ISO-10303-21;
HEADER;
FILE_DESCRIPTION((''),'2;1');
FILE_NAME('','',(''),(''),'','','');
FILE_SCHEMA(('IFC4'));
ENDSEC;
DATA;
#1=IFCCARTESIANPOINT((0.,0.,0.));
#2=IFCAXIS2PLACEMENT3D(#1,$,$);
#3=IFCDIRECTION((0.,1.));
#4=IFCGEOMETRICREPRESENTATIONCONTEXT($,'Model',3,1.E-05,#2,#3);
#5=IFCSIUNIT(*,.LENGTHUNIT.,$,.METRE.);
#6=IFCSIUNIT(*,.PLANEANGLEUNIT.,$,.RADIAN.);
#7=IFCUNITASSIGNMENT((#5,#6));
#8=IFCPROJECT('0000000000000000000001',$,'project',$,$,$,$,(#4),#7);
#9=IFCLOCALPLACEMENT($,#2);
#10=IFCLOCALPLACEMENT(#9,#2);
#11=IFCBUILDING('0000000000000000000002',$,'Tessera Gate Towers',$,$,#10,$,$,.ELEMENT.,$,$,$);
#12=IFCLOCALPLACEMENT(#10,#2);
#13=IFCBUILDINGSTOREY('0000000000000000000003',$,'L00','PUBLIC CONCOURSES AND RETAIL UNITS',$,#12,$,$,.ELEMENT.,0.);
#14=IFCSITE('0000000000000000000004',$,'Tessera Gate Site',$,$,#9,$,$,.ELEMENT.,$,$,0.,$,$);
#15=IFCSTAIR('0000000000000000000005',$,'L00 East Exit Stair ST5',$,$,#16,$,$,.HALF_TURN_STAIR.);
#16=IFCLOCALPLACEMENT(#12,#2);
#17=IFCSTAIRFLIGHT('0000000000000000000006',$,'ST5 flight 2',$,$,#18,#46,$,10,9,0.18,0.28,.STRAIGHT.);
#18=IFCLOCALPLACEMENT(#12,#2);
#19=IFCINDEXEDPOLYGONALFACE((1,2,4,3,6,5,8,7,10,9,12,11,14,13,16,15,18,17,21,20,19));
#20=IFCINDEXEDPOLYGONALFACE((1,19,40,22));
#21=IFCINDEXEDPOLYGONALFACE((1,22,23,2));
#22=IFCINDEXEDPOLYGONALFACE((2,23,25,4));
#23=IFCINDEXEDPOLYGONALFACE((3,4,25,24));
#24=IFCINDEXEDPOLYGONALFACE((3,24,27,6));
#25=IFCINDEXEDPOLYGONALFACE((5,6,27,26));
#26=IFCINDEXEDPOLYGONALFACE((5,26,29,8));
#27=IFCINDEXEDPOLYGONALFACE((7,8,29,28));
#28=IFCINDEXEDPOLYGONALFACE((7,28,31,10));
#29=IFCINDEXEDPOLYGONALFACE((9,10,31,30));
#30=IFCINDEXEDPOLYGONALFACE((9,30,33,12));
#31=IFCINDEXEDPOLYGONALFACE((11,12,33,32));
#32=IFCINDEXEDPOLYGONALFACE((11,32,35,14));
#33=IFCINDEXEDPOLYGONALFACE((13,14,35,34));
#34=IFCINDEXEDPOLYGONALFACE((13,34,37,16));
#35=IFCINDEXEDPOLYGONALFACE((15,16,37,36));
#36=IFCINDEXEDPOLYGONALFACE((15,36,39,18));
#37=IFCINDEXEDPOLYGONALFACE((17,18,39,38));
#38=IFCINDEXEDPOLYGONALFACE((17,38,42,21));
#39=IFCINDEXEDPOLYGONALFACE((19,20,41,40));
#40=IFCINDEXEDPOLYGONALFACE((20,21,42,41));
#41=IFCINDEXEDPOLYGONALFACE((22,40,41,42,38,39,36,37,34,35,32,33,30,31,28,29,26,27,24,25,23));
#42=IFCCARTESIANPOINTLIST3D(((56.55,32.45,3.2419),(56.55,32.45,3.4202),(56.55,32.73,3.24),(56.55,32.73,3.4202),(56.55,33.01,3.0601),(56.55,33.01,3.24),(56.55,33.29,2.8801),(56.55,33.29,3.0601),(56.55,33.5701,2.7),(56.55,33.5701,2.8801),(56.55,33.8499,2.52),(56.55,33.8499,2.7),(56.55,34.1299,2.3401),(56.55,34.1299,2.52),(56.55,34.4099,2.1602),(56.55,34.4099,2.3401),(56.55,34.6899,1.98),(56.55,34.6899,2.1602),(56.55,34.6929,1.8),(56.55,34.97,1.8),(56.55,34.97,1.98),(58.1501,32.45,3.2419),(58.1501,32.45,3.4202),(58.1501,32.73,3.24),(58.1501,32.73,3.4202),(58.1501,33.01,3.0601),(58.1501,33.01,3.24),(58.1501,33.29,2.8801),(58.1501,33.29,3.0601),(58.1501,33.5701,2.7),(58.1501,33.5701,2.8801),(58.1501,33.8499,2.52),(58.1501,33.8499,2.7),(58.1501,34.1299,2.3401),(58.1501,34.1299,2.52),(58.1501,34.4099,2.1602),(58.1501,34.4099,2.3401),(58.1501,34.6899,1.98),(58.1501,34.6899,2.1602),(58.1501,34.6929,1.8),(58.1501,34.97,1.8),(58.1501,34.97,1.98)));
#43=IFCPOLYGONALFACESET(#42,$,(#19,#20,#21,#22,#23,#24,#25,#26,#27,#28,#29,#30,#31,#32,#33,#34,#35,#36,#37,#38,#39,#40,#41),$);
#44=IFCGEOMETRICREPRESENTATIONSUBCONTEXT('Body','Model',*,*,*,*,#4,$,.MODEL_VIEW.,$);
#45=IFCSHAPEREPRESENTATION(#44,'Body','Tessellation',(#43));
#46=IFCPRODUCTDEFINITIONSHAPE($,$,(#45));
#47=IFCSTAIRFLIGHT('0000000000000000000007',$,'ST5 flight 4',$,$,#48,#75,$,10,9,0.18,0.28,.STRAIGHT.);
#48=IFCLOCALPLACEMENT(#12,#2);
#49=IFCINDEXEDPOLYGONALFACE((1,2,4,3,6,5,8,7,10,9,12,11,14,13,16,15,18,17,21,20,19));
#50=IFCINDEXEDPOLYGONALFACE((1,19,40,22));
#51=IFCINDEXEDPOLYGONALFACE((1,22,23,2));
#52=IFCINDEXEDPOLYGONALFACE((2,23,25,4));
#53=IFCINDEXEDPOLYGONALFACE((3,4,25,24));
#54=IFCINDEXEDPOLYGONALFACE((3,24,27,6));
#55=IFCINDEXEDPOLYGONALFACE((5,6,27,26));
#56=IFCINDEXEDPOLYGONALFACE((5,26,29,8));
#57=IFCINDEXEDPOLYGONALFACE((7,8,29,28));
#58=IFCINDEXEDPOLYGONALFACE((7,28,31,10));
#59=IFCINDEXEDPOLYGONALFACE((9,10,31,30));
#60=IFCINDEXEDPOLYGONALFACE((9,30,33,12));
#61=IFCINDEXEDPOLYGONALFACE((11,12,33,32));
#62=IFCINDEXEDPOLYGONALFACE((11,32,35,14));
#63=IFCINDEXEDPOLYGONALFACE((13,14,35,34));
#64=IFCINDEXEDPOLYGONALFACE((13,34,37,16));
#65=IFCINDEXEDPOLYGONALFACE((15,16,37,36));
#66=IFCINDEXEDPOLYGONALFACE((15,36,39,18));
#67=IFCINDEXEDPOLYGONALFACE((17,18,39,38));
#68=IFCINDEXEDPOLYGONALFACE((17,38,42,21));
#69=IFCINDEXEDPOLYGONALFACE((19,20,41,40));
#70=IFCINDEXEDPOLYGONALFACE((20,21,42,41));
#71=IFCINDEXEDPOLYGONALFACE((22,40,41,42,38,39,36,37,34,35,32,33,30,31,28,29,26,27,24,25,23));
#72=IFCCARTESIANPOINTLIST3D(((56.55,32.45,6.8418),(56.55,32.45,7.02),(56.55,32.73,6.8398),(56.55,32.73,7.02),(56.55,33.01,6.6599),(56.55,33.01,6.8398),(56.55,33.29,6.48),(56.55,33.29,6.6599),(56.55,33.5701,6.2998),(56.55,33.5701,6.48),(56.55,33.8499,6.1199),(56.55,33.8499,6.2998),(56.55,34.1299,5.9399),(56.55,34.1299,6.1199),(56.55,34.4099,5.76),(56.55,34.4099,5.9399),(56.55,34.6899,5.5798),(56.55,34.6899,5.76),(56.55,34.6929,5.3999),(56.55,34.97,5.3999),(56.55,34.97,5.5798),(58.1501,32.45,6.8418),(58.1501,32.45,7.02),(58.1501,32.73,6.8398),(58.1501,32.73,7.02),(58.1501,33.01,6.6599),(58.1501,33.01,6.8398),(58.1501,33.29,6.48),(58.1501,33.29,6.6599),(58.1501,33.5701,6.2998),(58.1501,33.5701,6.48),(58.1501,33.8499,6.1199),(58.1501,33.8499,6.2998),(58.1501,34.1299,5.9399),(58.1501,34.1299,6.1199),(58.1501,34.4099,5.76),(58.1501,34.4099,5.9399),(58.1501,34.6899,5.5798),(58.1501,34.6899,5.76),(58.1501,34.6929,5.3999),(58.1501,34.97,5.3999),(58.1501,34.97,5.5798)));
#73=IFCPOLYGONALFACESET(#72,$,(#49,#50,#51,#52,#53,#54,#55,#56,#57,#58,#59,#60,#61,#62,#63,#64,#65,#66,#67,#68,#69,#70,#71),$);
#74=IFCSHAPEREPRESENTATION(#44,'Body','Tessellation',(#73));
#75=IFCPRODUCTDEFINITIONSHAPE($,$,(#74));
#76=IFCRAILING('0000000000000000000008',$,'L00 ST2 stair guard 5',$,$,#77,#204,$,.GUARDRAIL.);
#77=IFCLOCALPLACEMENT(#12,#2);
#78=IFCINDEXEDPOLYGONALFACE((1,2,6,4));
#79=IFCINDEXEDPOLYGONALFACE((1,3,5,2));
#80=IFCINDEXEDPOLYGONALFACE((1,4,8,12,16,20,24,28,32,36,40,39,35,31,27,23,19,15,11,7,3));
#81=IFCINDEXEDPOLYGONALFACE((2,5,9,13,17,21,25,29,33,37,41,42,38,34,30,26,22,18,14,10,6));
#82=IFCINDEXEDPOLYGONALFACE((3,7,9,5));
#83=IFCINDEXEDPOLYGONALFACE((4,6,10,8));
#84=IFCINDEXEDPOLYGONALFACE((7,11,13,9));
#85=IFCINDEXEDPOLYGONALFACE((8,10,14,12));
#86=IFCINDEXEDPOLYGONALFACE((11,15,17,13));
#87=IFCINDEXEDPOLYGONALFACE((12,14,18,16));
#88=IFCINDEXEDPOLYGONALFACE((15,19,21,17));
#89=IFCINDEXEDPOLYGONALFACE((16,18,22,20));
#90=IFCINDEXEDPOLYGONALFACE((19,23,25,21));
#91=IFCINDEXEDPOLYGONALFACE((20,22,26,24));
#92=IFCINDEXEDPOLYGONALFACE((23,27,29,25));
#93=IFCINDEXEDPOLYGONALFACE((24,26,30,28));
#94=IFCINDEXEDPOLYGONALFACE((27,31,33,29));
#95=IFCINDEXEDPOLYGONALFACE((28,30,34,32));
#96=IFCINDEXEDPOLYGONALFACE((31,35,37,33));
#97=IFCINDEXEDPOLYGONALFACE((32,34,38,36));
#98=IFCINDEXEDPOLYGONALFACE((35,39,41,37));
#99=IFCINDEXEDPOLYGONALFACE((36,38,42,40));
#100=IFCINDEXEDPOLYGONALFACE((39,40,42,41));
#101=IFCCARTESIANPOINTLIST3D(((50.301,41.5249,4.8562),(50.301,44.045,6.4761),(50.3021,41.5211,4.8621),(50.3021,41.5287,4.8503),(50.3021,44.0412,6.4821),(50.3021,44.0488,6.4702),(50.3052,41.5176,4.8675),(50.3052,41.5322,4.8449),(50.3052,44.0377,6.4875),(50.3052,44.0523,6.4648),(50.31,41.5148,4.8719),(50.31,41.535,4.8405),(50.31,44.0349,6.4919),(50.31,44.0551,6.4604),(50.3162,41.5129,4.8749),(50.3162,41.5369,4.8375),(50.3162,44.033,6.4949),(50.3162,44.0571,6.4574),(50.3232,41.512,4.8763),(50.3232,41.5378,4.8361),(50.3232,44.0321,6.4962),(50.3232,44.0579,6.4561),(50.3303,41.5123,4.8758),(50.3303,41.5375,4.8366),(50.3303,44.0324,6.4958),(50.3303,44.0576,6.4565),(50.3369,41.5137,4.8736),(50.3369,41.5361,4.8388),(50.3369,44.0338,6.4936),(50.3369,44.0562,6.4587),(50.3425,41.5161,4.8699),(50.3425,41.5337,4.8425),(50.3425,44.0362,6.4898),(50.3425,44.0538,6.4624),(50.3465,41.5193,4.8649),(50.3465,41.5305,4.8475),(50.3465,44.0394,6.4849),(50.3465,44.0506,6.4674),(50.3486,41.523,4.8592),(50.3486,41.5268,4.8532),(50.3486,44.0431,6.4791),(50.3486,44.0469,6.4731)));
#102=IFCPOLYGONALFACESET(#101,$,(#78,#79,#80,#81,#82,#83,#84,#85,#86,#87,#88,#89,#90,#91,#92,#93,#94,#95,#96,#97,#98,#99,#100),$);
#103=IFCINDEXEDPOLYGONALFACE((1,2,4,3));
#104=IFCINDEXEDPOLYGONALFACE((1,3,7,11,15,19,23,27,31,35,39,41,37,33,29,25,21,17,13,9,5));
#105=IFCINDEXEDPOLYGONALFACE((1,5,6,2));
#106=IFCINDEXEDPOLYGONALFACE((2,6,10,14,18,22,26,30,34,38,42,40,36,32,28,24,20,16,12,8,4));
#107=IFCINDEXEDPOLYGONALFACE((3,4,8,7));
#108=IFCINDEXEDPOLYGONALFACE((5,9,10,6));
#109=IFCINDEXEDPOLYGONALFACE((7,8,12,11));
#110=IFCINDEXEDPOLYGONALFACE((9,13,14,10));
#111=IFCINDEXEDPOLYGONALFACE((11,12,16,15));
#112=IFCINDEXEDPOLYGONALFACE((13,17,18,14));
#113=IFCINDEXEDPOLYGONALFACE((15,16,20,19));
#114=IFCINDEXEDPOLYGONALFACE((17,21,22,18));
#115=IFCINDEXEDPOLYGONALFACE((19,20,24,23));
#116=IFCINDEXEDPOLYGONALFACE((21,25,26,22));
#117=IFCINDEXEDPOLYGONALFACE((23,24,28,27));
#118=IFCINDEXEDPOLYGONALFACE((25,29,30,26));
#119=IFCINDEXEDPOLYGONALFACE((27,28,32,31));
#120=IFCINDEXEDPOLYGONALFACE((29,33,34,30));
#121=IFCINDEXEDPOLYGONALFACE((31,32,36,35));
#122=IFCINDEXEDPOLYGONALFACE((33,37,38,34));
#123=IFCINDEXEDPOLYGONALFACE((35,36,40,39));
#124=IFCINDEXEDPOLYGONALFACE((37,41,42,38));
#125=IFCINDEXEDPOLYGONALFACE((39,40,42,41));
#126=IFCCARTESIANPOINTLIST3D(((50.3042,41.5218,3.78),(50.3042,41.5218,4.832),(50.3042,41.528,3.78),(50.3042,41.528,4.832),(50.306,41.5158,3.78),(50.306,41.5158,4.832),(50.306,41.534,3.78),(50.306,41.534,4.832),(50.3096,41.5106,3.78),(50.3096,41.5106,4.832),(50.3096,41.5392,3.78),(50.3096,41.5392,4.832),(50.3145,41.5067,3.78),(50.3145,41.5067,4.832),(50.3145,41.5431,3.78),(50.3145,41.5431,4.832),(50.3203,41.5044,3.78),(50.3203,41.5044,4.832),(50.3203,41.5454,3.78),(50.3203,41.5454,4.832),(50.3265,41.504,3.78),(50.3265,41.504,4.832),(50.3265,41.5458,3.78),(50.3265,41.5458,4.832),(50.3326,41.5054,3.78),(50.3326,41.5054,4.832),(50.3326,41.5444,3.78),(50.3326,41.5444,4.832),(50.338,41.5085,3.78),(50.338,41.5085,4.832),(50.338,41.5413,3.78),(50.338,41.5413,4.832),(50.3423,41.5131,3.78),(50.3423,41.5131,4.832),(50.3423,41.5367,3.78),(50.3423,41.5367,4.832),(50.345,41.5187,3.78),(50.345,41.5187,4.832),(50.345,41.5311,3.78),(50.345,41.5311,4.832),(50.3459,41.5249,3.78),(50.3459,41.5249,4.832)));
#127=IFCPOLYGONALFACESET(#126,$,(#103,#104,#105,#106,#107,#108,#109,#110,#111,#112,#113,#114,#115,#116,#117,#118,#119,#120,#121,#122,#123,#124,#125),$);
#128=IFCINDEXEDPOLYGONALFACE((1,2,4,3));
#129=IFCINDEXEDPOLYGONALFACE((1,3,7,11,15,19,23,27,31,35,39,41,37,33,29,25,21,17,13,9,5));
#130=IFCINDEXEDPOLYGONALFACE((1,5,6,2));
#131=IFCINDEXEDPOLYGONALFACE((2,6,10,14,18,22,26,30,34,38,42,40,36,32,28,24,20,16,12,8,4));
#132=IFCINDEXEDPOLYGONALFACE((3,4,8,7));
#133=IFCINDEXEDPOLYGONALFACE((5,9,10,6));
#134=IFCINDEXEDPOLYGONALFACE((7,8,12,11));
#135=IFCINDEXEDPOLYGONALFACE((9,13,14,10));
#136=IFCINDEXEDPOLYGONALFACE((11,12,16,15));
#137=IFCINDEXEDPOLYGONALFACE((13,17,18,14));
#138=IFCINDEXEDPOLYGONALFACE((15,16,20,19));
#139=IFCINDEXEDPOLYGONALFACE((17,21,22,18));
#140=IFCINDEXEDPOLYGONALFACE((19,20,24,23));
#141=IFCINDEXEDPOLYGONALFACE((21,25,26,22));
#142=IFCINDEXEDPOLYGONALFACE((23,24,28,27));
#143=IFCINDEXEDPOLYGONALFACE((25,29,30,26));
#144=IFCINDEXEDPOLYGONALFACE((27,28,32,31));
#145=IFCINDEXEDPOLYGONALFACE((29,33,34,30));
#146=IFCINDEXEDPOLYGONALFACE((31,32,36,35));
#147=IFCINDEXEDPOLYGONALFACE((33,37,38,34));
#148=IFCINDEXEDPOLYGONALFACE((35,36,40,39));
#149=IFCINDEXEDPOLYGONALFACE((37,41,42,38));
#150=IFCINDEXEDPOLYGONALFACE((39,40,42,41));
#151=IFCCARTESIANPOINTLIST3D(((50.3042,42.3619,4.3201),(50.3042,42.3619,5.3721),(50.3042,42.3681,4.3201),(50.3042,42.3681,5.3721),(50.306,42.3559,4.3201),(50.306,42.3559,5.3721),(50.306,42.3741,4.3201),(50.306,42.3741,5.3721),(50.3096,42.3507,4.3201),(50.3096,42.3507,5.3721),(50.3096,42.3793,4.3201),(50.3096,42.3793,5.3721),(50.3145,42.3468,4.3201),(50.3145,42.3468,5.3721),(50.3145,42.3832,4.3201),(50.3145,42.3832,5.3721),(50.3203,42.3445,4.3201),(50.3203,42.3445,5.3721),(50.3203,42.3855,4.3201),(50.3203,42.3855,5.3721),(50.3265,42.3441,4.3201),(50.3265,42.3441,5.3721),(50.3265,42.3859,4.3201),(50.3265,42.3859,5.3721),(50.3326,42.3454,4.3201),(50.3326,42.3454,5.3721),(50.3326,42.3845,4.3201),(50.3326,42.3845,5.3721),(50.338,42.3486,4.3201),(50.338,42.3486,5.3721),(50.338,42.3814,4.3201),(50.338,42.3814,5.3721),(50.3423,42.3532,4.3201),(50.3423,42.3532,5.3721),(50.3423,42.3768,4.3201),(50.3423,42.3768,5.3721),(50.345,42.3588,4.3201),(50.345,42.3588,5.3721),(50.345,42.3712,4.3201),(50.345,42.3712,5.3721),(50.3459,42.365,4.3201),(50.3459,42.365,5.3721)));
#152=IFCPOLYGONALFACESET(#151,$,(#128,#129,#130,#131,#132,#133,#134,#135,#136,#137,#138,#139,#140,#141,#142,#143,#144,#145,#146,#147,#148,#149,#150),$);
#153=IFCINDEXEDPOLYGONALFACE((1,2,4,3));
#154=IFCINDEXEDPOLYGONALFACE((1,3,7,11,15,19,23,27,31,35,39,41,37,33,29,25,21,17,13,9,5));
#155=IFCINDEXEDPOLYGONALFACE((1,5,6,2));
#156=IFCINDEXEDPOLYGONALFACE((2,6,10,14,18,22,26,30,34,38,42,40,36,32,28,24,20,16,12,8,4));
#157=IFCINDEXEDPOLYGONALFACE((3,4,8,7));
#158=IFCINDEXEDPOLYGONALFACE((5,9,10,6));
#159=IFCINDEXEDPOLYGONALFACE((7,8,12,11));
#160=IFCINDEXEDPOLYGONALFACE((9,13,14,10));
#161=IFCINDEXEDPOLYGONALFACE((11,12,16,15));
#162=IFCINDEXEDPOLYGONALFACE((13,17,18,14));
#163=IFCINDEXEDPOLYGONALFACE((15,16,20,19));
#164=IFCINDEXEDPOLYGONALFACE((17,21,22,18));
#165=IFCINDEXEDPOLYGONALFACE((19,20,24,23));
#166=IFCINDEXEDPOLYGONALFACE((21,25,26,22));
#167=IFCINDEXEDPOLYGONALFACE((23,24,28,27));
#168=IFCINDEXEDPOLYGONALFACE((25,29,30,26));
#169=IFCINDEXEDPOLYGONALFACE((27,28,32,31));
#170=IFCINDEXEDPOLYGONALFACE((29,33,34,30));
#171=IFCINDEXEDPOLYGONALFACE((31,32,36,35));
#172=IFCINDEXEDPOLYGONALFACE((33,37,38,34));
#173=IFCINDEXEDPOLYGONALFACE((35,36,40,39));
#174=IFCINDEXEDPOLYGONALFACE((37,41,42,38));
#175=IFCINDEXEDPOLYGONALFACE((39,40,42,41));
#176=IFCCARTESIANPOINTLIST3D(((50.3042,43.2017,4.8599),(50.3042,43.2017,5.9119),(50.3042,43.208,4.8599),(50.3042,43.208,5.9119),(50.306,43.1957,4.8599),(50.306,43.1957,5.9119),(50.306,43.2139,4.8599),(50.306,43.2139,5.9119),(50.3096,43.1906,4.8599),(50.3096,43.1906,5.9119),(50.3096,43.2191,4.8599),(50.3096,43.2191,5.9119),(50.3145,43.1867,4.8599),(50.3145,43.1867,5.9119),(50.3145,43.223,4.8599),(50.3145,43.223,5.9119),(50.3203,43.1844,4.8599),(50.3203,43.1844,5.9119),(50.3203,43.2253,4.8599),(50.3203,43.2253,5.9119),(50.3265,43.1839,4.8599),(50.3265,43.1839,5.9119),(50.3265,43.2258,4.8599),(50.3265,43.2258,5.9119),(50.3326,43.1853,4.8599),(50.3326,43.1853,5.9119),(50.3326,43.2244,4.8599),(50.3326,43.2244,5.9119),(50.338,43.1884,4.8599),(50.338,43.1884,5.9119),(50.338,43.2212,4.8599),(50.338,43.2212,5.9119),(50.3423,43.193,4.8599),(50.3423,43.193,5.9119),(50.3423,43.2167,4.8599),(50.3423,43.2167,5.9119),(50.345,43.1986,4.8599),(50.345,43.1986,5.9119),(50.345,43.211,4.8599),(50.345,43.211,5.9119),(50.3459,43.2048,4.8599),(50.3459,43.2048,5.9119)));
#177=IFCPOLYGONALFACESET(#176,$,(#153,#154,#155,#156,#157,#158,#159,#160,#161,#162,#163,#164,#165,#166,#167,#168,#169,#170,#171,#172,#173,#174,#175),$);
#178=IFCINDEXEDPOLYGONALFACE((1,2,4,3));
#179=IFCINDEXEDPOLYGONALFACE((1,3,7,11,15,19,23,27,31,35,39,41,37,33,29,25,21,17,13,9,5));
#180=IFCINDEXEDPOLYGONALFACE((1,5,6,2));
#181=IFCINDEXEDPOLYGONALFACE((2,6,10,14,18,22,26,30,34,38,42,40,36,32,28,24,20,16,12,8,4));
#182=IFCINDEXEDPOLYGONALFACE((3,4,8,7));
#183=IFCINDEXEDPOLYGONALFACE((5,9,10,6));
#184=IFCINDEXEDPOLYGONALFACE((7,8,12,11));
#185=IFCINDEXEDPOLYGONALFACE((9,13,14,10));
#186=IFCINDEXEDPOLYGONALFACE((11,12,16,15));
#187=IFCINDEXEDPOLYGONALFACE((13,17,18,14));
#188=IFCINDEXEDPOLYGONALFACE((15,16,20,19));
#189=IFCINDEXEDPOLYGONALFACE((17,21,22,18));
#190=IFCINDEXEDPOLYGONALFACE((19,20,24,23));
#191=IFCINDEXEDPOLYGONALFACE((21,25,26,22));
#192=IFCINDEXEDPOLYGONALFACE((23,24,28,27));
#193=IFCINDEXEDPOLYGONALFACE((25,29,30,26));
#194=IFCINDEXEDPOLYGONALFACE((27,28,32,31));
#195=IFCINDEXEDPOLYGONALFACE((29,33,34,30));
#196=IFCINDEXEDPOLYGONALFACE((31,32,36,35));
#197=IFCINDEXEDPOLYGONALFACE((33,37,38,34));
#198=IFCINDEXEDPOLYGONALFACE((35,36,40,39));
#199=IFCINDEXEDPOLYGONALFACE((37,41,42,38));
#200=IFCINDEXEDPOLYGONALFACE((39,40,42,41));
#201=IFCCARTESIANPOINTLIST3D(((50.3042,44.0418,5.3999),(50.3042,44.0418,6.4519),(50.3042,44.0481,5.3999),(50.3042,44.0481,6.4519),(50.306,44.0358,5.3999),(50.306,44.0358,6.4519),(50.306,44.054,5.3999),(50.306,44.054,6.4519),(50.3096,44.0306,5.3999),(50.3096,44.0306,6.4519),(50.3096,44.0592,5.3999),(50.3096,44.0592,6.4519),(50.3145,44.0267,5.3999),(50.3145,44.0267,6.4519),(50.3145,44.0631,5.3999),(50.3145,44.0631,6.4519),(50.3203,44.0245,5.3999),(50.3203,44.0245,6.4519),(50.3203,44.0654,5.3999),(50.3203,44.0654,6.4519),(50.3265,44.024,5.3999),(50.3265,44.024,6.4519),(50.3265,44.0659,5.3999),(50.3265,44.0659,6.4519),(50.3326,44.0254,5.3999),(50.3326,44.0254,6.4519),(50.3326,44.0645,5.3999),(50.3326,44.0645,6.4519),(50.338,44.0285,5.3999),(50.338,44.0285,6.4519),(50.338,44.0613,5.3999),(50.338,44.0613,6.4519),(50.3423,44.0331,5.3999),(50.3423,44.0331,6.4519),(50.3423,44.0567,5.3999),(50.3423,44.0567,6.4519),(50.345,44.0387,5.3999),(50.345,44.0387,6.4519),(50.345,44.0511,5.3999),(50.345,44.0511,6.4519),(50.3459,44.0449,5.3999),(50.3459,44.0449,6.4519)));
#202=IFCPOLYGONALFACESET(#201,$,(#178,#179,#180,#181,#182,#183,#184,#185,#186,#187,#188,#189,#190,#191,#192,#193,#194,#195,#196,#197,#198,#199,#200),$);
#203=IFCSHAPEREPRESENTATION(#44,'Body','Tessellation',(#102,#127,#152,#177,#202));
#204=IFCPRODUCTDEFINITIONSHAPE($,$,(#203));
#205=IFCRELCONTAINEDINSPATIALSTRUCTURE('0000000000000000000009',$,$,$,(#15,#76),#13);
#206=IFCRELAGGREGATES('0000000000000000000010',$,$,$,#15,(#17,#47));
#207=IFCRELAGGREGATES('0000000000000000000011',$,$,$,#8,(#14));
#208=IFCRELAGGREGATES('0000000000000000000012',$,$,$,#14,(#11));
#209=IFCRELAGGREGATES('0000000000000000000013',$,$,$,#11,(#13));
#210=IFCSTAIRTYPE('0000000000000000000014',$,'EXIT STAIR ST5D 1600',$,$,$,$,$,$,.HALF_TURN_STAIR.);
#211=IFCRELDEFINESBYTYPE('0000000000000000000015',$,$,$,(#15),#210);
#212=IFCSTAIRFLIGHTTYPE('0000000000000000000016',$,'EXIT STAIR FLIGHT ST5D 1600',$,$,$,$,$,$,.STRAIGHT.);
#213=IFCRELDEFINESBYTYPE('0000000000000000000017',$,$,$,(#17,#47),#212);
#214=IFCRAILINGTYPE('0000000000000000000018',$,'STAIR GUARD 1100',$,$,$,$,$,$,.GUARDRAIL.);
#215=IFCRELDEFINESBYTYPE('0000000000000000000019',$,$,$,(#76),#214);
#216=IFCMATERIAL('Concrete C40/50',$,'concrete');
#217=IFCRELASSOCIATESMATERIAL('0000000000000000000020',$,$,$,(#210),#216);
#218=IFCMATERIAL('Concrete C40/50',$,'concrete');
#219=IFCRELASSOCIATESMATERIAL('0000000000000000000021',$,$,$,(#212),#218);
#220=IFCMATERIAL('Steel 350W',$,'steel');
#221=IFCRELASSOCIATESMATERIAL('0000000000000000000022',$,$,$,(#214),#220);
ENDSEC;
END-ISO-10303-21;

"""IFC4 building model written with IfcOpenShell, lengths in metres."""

from ifc_helpers import new_model, si_unit, direction, frame, origin, origin_2d, place, context, subcontext, project, spatial, polyline, circle, outline, extrude, material, type_object, element, aggregate, save


model = new_model("IFC4")

# Units and contexts
model_context = context("Model", 3, precision=1e-05, world=origin(), true_north=direction((0.0, 1.0)))
body_context = subcontext(model_context, "Body", "Model", "MODEL_VIEW")
ifc_project = project(units=[si_unit("LENGTHUNIT", "METRE"), si_unit("PLANEANGLEUNIT", "RADIAN")], contexts=[model_context])

# Site, building, storey
site_placement = place(None, origin())
site = spatial("IfcSite", under=ifc_project, at=site_placement, Name="Tessera Gate Site", CompositionType="ELEMENT", RefElevation=0.0)
building_placement = place(site_placement, origin())
building = spatial("IfcBuilding", under=site, at=building_placement, Name="Tessera Gate Towers", CompositionType="ELEMENT")
storey_placement = place(building_placement, origin())
storey = spatial("IfcBuildingStorey", under=building, at=storey_placement, Name="L00", Description="PUBLIC CONCOURSES AND RETAIL UNITS", CompositionType="ELEMENT", Elevation=0.0)

# Stair, stair flights
ifc_material_1 = material(Name="Concrete C40/50", Category="concrete")
stair_type_1 = type_object("IfcStairType", Name="EXIT STAIR ST5D 1600", PredefinedType="HALF_TURN_STAIR", material=ifc_material_1)
stair_1_placement = place(storey_placement, origin())
stair_1 = element("IfcStair", 1, at=stair_1_placement, inside=storey, type_object=stair_type_1, Name="L00 East Exit Stair ST5", PredefinedType="HALF_TURN_STAIR")
ifc_material_2 = material(Name="Concrete C40/50", Category="concrete")
stair_flight_type_1 = type_object("IfcStairFlightType", Name="EXIT STAIR FLIGHT ST5D 1600", PredefinedType="STRAIGHT", material=ifc_material_2)
stair_flight_1_placement = place(storey_placement, frame((57.3501, 34.97, 1.8), z_axis=(0.0, 0.0, 1.0), x_axis=(0.0, -1.0, 0.0)))
stair_flight_1 = element("IfcStairFlight", 2, at=stair_flight_1_placement, type_object=stair_flight_type_1, Name="ST5 flight 2", NumberOfRisers=10, NumberOfTreads=9, PredefinedType="STRAIGHT", RiserHeight=0.18, TreadLength=0.28, context=body_context, shape_type="SweptSolid", body=[
    extrude(outline(polyline([(0.0, 0.0), (0.0, 0.1799), (0.28, 0.1799), (0.28, 0.3601), (0.5601, 0.3601), (0.5601, 0.54), (0.8401, 0.54), (0.8401, 0.72), (1.1201, 0.72), (1.1201, 0.8999), (1.3999, 0.8999), (1.3999, 1.0801), (1.6799, 1.0801), (1.6799, 1.26), (1.96, 1.26), (1.96, 1.4399), (2.24, 1.4399), (2.24, 1.6201), (2.52, 1.6201), (2.52, 1.8), (2.52, 1.4419), (0.2771, 0.0), (0.0, 0.0)])), frame((0.0, 0.8, 0.0), z_axis=(0.0, -1.0, 0.0), x_axis=(1.0, 0.0, 0.0)), (0.0, 0.0, 1.0), 1.6001),
])
stair_flight_2_placement = place(storey_placement, frame((57.3501, 34.97, 5.3999), z_axis=(0.0, 0.0, 1.0), x_axis=(0.0, -1.0, 0.0)))
stair_flight_2 = element("IfcStairFlight", 3, at=stair_flight_2_placement, type_object=stair_flight_type_1, Name="ST5 flight 4", NumberOfRisers=10, NumberOfTreads=9, PredefinedType="STRAIGHT", RiserHeight=0.18, TreadLength=0.28, context=body_context, shape_type="SweptSolid", body=[
    extrude(outline(polyline([(0.0, 0.0), (0.0, 0.1799), (0.28, 0.1799), (0.28, 0.3601), (0.5601, 0.3601), (0.5601, 0.54), (0.8401, 0.54), (0.8401, 0.72), (1.1201, 0.72), (1.1201, 0.8999), (1.3999, 0.8999), (1.3999, 1.0801), (1.6799, 1.0801), (1.6799, 1.26), (1.96, 1.26), (1.96, 1.4399), (2.24, 1.4399), (2.24, 1.6201), (2.52, 1.6201), (2.52, 1.8), (2.52, 1.4419), (0.2771, 0.0), (0.0, 0.0)])), frame((0.0, 0.8, 0.0), z_axis=(0.0, -1.0, 0.0), x_axis=(1.0, 0.0, 0.0)), (0.0, 0.0, 1.0), 1.6001),
])
aggregate(stair_1, [stair_flight_1, stair_flight_2])

# Railing
ifc_material_3 = material(Name="Steel 350W", Category="steel")
railing_type_1 = type_object("IfcRailingType", Name="STAIR GUARD 1100", PredefinedType="GUARDRAIL", material=ifc_material_3)
railing_1_placement = place(storey_placement, frame((50.325, 41.5249, 3.78)))
element("IfcRailing", 4, at=railing_1_placement, inside=storey, type_object=railing_type_1, Name="L00 ST2 stair guard 5", PredefinedType="GUARDRAIL", context=body_context, shape_type="SweptSolid", body=[
    extrude(circle(Radius=0.0239, at=origin_2d()), frame((0.0, 0.0, 1.0762), z_axis=(0.0, 0.8412, 0.540725), x_axis=(-1.0, 0.0, 0.0)), (0.0, 0.0, 1.0), 2.9958),
    extrude(circle(Radius=0.021, at=origin_2d()), origin(), (0.0, 0.0, 1.0), 1.052),
    extrude(circle(Radius=0.021, at=origin_2d()), frame((0.0, 0.8401, 0.54)), (0.0, 0.0, 1.0), 1.052),
    extrude(circle(Radius=0.021, at=origin_2d()), frame((0.0, 1.6799, 1.0798)), (0.0, 0.0, 1.0), 1.052),
    extrude(circle(Radius=0.021, at=origin_2d()), frame((0.0, 2.52, 1.6199)), (0.0, 0.0, 1.0), 1.052),
])

save(model, "model.ifc")
